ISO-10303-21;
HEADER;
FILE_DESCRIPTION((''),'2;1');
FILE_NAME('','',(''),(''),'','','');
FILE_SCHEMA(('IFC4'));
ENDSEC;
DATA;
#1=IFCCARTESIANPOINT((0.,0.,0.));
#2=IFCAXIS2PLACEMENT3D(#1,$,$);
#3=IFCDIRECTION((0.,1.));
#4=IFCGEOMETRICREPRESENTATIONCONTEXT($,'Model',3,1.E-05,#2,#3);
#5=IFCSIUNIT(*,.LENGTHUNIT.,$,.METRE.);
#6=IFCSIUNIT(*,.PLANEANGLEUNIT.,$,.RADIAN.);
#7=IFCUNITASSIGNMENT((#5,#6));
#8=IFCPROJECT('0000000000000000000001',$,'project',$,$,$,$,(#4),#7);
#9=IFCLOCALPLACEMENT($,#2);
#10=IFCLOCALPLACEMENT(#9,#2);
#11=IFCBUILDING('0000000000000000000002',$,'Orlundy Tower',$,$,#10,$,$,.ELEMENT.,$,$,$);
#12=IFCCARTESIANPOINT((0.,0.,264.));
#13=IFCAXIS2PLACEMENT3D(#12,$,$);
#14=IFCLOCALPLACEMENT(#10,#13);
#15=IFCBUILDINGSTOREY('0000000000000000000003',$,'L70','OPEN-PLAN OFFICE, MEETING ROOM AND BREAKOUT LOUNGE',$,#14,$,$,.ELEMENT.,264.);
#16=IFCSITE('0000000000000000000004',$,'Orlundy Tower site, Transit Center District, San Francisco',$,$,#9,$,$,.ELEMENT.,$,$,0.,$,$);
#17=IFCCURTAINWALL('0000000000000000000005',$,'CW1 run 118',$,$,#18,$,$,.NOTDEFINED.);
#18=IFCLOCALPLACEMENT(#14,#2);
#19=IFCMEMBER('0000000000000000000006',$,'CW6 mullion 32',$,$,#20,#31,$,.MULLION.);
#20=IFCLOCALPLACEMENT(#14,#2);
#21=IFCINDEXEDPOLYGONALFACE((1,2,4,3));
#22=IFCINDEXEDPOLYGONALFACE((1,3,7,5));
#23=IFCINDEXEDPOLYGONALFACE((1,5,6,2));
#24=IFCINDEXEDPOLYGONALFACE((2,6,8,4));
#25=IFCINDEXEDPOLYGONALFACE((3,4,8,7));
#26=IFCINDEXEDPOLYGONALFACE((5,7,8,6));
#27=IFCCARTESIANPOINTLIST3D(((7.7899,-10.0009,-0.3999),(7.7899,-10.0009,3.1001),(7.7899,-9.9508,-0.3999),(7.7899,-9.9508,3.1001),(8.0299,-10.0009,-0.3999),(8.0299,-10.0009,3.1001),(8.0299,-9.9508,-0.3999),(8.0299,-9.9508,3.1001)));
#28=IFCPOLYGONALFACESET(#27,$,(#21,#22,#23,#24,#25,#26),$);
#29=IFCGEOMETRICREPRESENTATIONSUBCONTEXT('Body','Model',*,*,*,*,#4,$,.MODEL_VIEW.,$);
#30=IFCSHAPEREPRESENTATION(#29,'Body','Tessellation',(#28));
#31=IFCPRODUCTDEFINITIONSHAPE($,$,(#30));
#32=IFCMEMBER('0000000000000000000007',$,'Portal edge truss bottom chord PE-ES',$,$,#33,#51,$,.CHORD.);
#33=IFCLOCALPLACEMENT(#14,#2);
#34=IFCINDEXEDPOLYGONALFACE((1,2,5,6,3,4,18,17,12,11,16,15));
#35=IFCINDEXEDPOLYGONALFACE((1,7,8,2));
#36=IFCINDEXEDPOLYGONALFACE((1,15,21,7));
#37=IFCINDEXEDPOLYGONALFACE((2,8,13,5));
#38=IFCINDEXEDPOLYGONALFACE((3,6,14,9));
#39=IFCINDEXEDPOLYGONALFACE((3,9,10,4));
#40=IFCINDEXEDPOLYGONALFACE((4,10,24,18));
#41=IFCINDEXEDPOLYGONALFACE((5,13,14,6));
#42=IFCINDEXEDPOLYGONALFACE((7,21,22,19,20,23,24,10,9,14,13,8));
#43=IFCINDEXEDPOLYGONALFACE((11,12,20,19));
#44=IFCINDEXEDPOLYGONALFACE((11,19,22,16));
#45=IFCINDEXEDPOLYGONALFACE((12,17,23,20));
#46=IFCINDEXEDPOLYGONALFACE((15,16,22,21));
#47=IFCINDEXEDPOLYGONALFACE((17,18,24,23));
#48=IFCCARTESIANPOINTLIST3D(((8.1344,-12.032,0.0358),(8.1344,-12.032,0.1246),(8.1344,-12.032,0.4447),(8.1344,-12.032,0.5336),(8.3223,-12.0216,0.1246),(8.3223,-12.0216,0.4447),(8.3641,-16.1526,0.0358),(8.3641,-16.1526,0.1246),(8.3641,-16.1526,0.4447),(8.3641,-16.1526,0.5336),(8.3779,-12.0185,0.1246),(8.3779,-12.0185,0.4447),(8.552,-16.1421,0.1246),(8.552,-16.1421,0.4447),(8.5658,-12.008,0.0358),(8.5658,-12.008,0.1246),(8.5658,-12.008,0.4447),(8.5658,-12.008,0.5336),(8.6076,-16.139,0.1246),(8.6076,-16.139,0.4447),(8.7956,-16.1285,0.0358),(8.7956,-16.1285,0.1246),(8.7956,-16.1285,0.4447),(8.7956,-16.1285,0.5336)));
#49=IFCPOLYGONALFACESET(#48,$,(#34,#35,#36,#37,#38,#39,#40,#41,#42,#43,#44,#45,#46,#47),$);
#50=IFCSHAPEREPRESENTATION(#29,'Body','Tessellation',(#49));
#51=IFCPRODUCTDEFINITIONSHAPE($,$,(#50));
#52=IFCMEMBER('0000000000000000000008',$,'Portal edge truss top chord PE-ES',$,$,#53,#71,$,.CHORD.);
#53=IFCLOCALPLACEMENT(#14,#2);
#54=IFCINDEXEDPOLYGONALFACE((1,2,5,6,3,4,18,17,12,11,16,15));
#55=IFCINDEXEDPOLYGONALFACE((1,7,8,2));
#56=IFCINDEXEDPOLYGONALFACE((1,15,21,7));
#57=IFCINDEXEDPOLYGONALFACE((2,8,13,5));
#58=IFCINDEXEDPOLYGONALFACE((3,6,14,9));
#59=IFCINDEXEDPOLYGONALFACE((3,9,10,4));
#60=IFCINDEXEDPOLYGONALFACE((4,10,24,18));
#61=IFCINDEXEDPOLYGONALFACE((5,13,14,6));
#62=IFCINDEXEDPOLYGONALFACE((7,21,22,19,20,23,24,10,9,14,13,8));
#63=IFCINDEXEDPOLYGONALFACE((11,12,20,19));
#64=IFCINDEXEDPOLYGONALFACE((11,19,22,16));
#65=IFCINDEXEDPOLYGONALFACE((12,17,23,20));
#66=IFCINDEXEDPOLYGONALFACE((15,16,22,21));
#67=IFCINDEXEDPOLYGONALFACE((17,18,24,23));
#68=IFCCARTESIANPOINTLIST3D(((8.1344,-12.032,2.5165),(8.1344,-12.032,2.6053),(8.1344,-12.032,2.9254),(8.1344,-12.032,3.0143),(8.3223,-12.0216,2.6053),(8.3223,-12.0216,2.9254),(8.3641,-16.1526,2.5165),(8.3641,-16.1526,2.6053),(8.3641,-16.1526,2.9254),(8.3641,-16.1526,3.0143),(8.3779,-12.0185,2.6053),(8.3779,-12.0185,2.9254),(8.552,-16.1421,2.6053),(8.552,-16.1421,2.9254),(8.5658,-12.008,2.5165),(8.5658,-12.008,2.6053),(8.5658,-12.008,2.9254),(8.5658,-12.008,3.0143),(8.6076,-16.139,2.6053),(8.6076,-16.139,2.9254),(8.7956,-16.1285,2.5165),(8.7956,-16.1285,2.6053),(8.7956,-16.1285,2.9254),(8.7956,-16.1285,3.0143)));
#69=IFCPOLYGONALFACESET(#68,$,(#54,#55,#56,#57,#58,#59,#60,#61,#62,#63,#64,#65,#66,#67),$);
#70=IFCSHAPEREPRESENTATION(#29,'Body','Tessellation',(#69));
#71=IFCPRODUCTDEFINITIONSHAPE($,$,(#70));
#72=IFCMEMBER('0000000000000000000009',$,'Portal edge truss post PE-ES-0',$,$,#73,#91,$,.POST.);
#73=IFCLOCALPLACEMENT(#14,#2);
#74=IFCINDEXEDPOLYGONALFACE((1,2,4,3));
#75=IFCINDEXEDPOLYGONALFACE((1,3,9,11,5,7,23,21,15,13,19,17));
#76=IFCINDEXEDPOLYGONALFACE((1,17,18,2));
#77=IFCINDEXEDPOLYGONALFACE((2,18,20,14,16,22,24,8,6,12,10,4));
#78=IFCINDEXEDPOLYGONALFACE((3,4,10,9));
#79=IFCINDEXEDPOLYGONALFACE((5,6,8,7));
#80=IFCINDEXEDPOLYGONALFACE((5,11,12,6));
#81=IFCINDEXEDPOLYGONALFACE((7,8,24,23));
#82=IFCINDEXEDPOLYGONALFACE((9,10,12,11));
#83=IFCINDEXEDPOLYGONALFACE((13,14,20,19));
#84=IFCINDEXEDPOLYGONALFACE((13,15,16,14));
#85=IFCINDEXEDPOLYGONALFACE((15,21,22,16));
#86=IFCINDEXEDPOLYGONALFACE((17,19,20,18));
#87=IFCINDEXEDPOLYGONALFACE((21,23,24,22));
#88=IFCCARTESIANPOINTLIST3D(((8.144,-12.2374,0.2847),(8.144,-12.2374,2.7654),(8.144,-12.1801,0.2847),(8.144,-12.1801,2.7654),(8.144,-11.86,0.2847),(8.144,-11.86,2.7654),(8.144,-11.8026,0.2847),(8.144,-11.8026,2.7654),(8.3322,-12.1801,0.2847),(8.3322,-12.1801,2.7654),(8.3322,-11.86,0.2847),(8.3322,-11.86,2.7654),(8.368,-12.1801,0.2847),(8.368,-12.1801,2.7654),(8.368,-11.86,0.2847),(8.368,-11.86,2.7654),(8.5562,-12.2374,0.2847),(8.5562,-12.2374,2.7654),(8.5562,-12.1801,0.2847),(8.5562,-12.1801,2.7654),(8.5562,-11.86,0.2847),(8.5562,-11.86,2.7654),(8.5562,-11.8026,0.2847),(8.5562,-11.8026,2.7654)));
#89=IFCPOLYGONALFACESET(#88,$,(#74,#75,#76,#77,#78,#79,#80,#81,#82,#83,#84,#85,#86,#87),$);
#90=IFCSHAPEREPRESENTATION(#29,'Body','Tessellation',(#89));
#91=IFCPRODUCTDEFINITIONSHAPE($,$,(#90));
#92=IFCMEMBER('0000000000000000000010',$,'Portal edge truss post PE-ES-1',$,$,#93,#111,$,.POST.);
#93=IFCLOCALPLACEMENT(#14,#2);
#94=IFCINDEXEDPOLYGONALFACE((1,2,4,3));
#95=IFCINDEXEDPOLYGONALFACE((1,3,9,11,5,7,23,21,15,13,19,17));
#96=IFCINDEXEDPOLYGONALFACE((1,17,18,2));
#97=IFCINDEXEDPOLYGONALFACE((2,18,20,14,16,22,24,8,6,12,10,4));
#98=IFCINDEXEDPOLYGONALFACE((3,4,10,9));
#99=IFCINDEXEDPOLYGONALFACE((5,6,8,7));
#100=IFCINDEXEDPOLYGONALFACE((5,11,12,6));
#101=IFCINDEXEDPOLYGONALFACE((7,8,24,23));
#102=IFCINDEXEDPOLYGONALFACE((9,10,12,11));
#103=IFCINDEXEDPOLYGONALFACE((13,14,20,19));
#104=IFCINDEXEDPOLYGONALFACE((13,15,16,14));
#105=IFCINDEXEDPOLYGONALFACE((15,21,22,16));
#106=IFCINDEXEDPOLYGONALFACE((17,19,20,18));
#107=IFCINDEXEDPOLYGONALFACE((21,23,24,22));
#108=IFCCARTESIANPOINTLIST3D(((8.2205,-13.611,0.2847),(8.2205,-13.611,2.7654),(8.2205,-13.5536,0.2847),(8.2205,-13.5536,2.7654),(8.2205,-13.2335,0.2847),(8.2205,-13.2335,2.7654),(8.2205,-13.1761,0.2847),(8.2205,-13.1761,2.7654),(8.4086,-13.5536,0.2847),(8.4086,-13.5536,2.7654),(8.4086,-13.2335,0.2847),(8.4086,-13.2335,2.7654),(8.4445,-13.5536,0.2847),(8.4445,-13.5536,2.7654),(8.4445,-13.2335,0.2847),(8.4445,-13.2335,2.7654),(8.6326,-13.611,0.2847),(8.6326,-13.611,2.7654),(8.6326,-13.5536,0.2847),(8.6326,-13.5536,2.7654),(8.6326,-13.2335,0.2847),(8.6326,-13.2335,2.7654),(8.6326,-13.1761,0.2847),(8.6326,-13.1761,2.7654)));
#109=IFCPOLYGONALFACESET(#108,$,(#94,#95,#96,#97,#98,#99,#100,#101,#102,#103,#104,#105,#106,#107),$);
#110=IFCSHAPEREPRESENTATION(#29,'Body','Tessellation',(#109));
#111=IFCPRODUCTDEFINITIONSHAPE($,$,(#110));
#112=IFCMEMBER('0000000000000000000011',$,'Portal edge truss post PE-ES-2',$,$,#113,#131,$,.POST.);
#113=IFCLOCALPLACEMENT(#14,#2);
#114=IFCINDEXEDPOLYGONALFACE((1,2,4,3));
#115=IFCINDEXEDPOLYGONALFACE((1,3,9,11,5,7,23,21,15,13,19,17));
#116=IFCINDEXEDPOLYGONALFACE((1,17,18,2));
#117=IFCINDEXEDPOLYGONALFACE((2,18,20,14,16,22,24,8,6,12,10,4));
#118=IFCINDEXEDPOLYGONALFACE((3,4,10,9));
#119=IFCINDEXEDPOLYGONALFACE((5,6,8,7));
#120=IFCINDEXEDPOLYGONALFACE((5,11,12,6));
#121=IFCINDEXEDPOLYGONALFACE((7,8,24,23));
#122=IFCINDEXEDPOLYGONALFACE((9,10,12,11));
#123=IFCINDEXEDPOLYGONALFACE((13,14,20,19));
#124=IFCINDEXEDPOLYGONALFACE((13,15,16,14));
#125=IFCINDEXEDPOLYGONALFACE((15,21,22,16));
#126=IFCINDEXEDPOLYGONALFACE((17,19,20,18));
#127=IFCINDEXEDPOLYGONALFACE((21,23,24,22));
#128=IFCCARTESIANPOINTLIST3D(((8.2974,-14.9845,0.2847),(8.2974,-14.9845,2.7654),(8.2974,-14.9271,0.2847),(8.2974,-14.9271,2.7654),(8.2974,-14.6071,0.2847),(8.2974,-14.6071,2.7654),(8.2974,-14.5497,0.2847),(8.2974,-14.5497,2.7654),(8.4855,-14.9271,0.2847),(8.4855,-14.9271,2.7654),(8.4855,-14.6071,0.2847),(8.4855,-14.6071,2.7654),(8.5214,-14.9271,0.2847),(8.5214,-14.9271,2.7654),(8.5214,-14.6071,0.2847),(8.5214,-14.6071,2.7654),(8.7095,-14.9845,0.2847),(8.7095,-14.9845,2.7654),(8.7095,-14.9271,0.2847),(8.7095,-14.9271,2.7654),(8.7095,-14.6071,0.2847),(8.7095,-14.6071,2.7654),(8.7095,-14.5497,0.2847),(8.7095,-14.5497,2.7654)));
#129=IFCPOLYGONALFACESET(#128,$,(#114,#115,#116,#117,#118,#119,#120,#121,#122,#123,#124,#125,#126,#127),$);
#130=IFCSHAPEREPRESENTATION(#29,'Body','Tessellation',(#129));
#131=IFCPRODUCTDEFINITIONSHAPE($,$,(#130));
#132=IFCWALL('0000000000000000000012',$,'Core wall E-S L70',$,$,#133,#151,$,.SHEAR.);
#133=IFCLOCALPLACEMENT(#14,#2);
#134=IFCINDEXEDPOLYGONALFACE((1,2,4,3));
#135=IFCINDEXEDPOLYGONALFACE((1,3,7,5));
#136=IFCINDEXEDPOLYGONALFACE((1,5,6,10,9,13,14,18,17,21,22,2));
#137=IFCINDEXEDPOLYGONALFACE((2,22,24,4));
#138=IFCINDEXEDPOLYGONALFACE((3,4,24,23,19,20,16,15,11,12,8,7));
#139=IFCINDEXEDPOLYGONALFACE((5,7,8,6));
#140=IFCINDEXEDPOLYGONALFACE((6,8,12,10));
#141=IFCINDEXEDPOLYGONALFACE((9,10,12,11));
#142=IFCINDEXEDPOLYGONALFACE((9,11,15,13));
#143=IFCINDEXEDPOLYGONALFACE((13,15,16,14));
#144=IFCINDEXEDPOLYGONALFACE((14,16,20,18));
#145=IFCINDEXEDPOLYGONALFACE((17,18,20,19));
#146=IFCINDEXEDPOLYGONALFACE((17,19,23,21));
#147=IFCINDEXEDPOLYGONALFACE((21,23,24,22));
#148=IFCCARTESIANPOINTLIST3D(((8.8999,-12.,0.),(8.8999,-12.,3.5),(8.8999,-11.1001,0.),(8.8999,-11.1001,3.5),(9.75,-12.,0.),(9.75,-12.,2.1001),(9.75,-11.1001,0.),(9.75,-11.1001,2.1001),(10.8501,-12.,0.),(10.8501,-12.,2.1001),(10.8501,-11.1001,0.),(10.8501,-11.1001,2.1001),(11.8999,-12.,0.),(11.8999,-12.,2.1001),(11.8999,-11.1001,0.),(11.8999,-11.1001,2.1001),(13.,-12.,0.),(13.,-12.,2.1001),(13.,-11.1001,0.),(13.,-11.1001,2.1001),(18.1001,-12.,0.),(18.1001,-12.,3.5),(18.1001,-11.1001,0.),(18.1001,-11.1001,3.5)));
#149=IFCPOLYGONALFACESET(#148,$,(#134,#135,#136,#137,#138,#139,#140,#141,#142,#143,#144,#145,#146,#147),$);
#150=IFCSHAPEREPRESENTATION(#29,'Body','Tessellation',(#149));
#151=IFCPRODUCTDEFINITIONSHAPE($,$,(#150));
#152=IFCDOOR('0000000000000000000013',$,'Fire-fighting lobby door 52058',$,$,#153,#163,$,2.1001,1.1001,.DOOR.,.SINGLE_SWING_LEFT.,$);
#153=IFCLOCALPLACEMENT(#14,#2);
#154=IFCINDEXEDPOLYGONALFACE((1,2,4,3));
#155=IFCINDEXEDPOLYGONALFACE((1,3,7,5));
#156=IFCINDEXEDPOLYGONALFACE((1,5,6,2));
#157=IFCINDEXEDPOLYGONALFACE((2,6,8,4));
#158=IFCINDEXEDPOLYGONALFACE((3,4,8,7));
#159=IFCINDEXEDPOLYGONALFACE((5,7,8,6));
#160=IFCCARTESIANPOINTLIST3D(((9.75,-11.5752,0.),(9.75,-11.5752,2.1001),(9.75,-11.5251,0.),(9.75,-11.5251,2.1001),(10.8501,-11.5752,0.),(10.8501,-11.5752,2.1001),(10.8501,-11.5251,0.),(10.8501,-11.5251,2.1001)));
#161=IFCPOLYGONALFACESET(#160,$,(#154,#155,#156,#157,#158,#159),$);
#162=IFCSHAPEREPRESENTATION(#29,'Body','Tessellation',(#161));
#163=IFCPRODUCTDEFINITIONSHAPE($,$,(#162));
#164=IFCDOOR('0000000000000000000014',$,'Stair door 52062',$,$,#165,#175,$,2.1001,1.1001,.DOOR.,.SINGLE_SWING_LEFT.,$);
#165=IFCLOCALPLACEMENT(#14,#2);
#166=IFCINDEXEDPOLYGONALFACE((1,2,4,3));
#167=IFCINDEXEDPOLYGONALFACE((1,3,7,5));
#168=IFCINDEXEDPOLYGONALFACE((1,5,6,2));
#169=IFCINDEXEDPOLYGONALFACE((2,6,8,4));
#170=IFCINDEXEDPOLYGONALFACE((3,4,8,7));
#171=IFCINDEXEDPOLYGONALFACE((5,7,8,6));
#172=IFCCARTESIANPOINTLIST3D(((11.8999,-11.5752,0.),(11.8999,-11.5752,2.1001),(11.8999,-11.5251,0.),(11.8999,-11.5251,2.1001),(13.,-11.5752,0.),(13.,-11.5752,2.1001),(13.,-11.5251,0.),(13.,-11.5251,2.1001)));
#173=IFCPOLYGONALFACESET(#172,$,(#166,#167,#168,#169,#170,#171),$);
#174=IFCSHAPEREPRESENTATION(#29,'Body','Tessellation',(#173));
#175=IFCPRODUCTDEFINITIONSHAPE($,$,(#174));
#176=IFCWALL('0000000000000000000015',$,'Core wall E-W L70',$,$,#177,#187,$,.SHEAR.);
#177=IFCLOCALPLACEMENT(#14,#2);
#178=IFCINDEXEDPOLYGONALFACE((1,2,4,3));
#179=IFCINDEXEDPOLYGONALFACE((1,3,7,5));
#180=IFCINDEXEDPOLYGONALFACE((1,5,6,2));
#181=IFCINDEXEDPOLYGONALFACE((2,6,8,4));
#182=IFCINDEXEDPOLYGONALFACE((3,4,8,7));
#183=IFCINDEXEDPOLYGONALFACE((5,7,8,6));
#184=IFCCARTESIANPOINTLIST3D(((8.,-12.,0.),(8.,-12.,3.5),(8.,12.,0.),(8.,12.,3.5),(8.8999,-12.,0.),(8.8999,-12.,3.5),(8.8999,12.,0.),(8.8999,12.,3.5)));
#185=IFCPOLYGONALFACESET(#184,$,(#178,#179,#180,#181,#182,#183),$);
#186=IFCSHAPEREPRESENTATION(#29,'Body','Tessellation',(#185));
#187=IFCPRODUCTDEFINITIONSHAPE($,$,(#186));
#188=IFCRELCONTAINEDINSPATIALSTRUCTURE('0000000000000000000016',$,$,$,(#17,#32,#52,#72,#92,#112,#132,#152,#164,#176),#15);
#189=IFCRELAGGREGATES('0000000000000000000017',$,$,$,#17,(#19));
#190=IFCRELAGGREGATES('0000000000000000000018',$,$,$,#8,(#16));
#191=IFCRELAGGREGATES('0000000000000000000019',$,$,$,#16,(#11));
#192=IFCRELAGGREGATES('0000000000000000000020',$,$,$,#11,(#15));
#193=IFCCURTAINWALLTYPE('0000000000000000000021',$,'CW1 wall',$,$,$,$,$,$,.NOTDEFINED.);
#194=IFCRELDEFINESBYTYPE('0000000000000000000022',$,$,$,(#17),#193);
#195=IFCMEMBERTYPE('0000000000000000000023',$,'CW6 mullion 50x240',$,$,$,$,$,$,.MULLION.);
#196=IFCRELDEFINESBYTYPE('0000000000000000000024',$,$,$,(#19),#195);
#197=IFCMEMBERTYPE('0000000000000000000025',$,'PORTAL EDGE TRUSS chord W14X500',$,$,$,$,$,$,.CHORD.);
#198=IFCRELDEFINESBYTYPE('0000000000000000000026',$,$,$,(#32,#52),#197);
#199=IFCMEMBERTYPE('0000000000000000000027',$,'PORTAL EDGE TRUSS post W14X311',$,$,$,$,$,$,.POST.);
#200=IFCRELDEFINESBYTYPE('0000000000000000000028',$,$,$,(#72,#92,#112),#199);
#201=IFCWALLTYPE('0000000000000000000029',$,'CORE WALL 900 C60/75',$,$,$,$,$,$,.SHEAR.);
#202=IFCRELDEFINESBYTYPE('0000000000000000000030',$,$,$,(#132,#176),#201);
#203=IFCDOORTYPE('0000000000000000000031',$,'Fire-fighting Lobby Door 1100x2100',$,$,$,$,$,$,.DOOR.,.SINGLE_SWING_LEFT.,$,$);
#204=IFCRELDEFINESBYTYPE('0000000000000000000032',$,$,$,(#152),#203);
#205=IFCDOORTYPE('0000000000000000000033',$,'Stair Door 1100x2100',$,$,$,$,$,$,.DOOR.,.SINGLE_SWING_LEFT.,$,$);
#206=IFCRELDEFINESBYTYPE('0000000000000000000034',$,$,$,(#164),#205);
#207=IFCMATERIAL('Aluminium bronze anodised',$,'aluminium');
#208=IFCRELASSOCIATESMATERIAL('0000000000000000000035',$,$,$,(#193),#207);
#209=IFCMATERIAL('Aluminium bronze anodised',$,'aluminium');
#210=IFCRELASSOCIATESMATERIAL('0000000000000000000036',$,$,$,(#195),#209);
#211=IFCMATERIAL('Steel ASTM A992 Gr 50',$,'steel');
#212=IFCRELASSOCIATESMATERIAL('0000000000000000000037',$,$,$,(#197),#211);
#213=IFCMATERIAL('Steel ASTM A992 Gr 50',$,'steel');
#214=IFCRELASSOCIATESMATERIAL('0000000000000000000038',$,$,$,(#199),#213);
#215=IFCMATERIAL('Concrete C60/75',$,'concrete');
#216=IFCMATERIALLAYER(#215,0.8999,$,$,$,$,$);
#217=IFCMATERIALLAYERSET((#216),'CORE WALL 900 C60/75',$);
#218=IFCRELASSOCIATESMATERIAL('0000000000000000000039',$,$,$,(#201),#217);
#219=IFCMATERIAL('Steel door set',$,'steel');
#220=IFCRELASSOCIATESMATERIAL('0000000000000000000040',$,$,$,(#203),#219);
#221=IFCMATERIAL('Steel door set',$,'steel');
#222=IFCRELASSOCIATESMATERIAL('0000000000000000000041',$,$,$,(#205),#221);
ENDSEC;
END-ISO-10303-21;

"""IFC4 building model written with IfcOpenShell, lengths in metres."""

from ifc_helpers import new_model, si_unit, direction, frame, frame_2d, origin, origin_2d, place, context, subcontext, project, spatial, rectangle, i_section, extrude, material, layer, layer_set, material_profile, profile_set, type_object, element, fill, aggregate, save


model = new_model("IFC4")

# Units and contexts
model_context = context("Model", 3, precision=1e-05, world=origin(), true_north=direction((0.0, 1.0)))
body_context = subcontext(model_context, "Body", "Model", "MODEL_VIEW")
ifc_project = project(units=[si_unit("LENGTHUNIT", "METRE"), si_unit("PLANEANGLEUNIT", "RADIAN")], contexts=[model_context])

# Site, building, storey
site_placement = place(None, origin())
site = spatial("IfcSite", under=ifc_project, at=site_placement, Name="Orlundy Tower site, Transit Center District, San Francisco", CompositionType="ELEMENT", RefElevation=0.0)
building_placement = place(site_placement, origin())
building = spatial("IfcBuilding", under=site, at=building_placement, Name="Orlundy Tower", CompositionType="ELEMENT")
storey_placement = place(building_placement, frame((0.0, 0.0, 264.0)))
storey = spatial("IfcBuildingStorey", under=building, at=storey_placement, Name="L70", Description="OPEN-PLAN OFFICE, MEETING ROOM AND BREAKOUT LOUNGE", CompositionType="ELEMENT", Elevation=264.0)

# Curtain wall, member
ifc_material_1 = material(Name="Aluminium bronze anodised", Category="aluminium")
curtain_wall_type = type_object("IfcCurtainWallType", Name="CW1 wall", PredefinedType="NOTDEFINED", material=ifc_material_1)
curtain_wall_placement = place(storey_placement, origin())
curtain_wall = element("IfcCurtainWall", 1, at=curtain_wall_placement, inside=storey, type_object=curtain_wall_type, Name="CW1 run 118", PredefinedType="NOTDEFINED")
ifc_material_2 = material(Name="Aluminium bronze anodised", Category="aluminium")
ifc_material_profile_1 = material_profile(ifc_material_2, rectangle(XDim=0.24, YDim=0.05, at=origin_2d()), Name="CW6 mullion 50x240")
ifc_profile_set_1 = profile_set([ifc_material_profile_1], Name="Aluminium bronze anodised")
member_type_1 = type_object("IfcMemberType", Name="CW6 mullion 50x240", PredefinedType="MULLION", material=ifc_profile_set_1)
member_placement = place(storey_placement, frame((7.9099, -9.9758, -0.3999), z_axis=(0.0, 0.0, 1.0), x_axis=(-1.0, 0.0, 0.0)))
member = element("IfcMember", 2, at=member_placement, type_object=member_type_1, Name="CW6 mullion 32", PredefinedType="MULLION", context=body_context, shape_type="SweptSolid", body=[
    extrude(rectangle(XDim=0.24, YDim=0.05, at=origin_2d()), origin(), (0.0, 0.0, 1.0), 3.5),
])
aggregate(curtain_wall, [member])

# Members
ifc_material_3 = material(Name="Steel ASTM A992 Gr 50", Category="steel")
ifc_material_profile_2 = material_profile(ifc_material_3, i_section(OverallWidth=0.4321, OverallDepth=0.4978, WebThickness=0.0557, FlangeThickness=0.0889, at=origin_2d()), Name="W14X500")
ifc_profile_set_2 = profile_set([ifc_material_profile_2], Name="Steel ASTM A992 Gr 50")
member_type_2 = type_object("IfcMemberType", Name="PORTAL EDGE TRUSS chord W14X500", PredefinedType="CHORD", material=ifc_profile_set_2)
for number, where, z_axis, x_axis, name in (
    (3, (8.3501, -12.02, 0.2847), (0.055667, -0.998449, 0.0), (0.998449, 0.055667, 0.0), "Portal edge truss bottom chord PE-ES"),
    (4, (8.3501, -12.02, 2.7654), (0.055667, -0.998449, 0.0), (0.998449, 0.055667, 0.0), "Portal edge truss top chord PE-ES"),
):
    element("IfcMember", number, at=place(storey_placement, frame(where, z_axis=z_axis, x_axis=x_axis)), inside=storey, type_object=member_type_2, Name=name, PredefinedType="CHORD", context=body_context, shape_type="SweptSolid", body=[
        extrude(i_section(OverallWidth=0.4321, OverallDepth=0.4978, WebThickness=0.0557, FlangeThickness=0.0889, at=origin_2d()), origin(), (0.0, 0.0, 1.0), 4.127),
    ])
ifc_material_4 = material(Name="Steel ASTM A992 Gr 50", Category="steel")
ifc_material_profile_3 = material_profile(ifc_material_4, i_section(OverallWidth=0.4121, OverallDepth=0.4348, WebThickness=0.0359, FlangeThickness=0.0574, at=origin_2d()), Name="W14X311")
ifc_profile_set_3 = profile_set([ifc_material_profile_3], Name="Steel ASTM A992 Gr 50")
member_type_3 = type_object("IfcMemberType", Name="PORTAL EDGE TRUSS post W14X311", PredefinedType="POST", material=ifc_profile_set_3)
for number, where, z_axis, x_axis, name in (
    (5, (8.3501, -12.02, 0.2847), (0.0, 0.0, 1.0), (1.0, 0.0, 0.0), "Portal edge truss post PE-ES-0"),
    (6, (8.4265, -13.3936, 0.2847), (0.0, 0.0, 1.0), (1.0, 0.0, 0.0), "Portal edge truss post PE-ES-1"),
    (7, (8.5034, -14.7671, 0.2847), (0.0, 0.0, 1.0), (1.0, 0.0, 0.0), "Portal edge truss post PE-ES-2"),
):
    element("IfcMember", number, at=place(storey_placement, frame(where, z_axis=z_axis, x_axis=x_axis)), inside=storey, type_object=member_type_3, Name=name, PredefinedType="POST", context=body_context, shape_type="SweptSolid", body=[
        extrude(i_section(OverallWidth=0.4121, OverallDepth=0.4348, WebThickness=0.0359, FlangeThickness=0.0574, at=origin_2d()), origin(), (0.0, 0.0, 1.0), 2.4807),
    ])

# Wall, openings, doors
ifc_material_5 = material(Name="Concrete C60/75", Category="concrete")
ifc_layer_1 = layer(ifc_material_5, 0.8999)
ifc_layer_set_1 = layer_set([ifc_layer_1], Name="CORE WALL 900 C60/75")
wall_type_1 = type_object("IfcWallType", Name="CORE WALL 900 C60/75", PredefinedType="SHEAR", material=ifc_layer_set_1)
wall_1_placement = place(storey_placement, frame((8.8999, -11.55, 0.0), z_axis=(0.0, 0.0, 1.0), x_axis=(1.0, 0.0, 0.0)))
wall_1 = element("IfcWall", 8, at=wall_1_placement, inside=storey, type_object=wall_type_1, Name="Core wall E-S L70", PredefinedType="SHEAR", context=body_context, shape_type="SweptSolid", body=[
    extrude(rectangle(XDim=9.2002, YDim=0.8999, at=frame_2d((4.6001, 0.0))), origin(), (0.0, 0.0, 1.0), 3.5),
])
opening_1_placement = place(wall_1_placement, frame((0.8501, 0.0, 0.0)))
opening_1 = element("IfcOpeningElement", 9, at=opening_1_placement, cuts=wall_1, PredefinedType="OPENING", context=body_context, shape_type="SweptSolid", body=[
    extrude(rectangle(XDim=1.1001, YDim=2.1001, at=frame_2d((0.55, 1.05))), frame((0.0, 0.46, 0.0), z_axis=(0.0, -1.0, 0.0), x_axis=(1.0, 0.0, 0.0)), (0.0, 0.0, 1.0), 0.9199),
])
opening_2_placement = place(wall_1_placement, frame((3.0, 0.0, 0.0)))
opening_2 = element("IfcOpeningElement", 10, at=opening_2_placement, cuts=wall_1, PredefinedType="OPENING", context=body_context, shape_type="SweptSolid", body=[
    extrude(rectangle(XDim=1.1001, YDim=2.1001, at=frame_2d((0.55, 1.05))), frame((0.0, 0.46, 0.0), z_axis=(0.0, -1.0, 0.0), x_axis=(1.0, 0.0, 0.0)), (0.0, 0.0, 1.0), 0.9199),
])
ifc_material_6 = material(Name="Steel door set", Category="steel")
door_type_1 = type_object("IfcDoorType", Name="Fire-fighting Lobby Door 1100x2100", OperationType="SINGLE_SWING_LEFT", PredefinedType="DOOR", material=ifc_material_6)
door_1_placement = place(opening_1_placement, origin())
door_1 = element("IfcDoor", 11, at=door_1_placement, inside=storey, type_object=door_type_1, Name="Fire-fighting lobby door 52058", OperationType="SINGLE_SWING_LEFT", OverallHeight=2.1001, OverallWidth=1.1001, PredefinedType="DOOR", context=body_context, shape_type="SweptSolid", body=[
    extrude(rectangle(XDim=1.1001, YDim=2.1001, at=frame_2d((0.55, 1.05))), frame((0.0, 0.0249, 0.0), z_axis=(0.0, -1.0, 0.0), x_axis=(1.0, 0.0, 0.0)), (0.0, 0.0, 1.0), 0.05),
])
fill(opening_1, door_1)
ifc_material_7 = material(Name="Steel door set", Category="steel")
door_type_2 = type_object("IfcDoorType", Name="Stair Door 1100x2100", OperationType="SINGLE_SWING_LEFT", PredefinedType="DOOR", material=ifc_material_7)
door_2_placement = place(opening_2_placement, origin())
door_2 = element("IfcDoor", 12, at=door_2_placement, inside=storey, type_object=door_type_2, Name="Stair door 52062", OperationType="SINGLE_SWING_LEFT", OverallHeight=2.1001, OverallWidth=1.1001, PredefinedType="DOOR", context=body_context, shape_type="SweptSolid", body=[
    extrude(rectangle(XDim=1.1001, YDim=2.1001, at=frame_2d((0.55, 1.05))), frame((0.0, 0.0249, 0.0), z_axis=(0.0, -1.0, 0.0), x_axis=(1.0, 0.0, 0.0)), (0.0, 0.0, 1.0), 0.05),
])
fill(opening_2, door_2)

# Wall
wall_2_placement = place(storey_placement, frame((8.45, -12.0, 0.0), z_axis=(0.0, 0.0, 1.0), x_axis=(0.0, 1.0, 0.0)))
element("IfcWall", 13, at=wall_2_placement, inside=storey, type_object=wall_type_1, Name="Core wall E-W L70", PredefinedType="SHEAR", context=body_context, shape_type="SweptSolid", body=[
    extrude(rectangle(XDim=24.0, YDim=0.8999, at=frame_2d((12.0, 0.0))), origin(), (0.0, 0.0, 1.0), 3.5),
])

save(model, "model.ifc")
